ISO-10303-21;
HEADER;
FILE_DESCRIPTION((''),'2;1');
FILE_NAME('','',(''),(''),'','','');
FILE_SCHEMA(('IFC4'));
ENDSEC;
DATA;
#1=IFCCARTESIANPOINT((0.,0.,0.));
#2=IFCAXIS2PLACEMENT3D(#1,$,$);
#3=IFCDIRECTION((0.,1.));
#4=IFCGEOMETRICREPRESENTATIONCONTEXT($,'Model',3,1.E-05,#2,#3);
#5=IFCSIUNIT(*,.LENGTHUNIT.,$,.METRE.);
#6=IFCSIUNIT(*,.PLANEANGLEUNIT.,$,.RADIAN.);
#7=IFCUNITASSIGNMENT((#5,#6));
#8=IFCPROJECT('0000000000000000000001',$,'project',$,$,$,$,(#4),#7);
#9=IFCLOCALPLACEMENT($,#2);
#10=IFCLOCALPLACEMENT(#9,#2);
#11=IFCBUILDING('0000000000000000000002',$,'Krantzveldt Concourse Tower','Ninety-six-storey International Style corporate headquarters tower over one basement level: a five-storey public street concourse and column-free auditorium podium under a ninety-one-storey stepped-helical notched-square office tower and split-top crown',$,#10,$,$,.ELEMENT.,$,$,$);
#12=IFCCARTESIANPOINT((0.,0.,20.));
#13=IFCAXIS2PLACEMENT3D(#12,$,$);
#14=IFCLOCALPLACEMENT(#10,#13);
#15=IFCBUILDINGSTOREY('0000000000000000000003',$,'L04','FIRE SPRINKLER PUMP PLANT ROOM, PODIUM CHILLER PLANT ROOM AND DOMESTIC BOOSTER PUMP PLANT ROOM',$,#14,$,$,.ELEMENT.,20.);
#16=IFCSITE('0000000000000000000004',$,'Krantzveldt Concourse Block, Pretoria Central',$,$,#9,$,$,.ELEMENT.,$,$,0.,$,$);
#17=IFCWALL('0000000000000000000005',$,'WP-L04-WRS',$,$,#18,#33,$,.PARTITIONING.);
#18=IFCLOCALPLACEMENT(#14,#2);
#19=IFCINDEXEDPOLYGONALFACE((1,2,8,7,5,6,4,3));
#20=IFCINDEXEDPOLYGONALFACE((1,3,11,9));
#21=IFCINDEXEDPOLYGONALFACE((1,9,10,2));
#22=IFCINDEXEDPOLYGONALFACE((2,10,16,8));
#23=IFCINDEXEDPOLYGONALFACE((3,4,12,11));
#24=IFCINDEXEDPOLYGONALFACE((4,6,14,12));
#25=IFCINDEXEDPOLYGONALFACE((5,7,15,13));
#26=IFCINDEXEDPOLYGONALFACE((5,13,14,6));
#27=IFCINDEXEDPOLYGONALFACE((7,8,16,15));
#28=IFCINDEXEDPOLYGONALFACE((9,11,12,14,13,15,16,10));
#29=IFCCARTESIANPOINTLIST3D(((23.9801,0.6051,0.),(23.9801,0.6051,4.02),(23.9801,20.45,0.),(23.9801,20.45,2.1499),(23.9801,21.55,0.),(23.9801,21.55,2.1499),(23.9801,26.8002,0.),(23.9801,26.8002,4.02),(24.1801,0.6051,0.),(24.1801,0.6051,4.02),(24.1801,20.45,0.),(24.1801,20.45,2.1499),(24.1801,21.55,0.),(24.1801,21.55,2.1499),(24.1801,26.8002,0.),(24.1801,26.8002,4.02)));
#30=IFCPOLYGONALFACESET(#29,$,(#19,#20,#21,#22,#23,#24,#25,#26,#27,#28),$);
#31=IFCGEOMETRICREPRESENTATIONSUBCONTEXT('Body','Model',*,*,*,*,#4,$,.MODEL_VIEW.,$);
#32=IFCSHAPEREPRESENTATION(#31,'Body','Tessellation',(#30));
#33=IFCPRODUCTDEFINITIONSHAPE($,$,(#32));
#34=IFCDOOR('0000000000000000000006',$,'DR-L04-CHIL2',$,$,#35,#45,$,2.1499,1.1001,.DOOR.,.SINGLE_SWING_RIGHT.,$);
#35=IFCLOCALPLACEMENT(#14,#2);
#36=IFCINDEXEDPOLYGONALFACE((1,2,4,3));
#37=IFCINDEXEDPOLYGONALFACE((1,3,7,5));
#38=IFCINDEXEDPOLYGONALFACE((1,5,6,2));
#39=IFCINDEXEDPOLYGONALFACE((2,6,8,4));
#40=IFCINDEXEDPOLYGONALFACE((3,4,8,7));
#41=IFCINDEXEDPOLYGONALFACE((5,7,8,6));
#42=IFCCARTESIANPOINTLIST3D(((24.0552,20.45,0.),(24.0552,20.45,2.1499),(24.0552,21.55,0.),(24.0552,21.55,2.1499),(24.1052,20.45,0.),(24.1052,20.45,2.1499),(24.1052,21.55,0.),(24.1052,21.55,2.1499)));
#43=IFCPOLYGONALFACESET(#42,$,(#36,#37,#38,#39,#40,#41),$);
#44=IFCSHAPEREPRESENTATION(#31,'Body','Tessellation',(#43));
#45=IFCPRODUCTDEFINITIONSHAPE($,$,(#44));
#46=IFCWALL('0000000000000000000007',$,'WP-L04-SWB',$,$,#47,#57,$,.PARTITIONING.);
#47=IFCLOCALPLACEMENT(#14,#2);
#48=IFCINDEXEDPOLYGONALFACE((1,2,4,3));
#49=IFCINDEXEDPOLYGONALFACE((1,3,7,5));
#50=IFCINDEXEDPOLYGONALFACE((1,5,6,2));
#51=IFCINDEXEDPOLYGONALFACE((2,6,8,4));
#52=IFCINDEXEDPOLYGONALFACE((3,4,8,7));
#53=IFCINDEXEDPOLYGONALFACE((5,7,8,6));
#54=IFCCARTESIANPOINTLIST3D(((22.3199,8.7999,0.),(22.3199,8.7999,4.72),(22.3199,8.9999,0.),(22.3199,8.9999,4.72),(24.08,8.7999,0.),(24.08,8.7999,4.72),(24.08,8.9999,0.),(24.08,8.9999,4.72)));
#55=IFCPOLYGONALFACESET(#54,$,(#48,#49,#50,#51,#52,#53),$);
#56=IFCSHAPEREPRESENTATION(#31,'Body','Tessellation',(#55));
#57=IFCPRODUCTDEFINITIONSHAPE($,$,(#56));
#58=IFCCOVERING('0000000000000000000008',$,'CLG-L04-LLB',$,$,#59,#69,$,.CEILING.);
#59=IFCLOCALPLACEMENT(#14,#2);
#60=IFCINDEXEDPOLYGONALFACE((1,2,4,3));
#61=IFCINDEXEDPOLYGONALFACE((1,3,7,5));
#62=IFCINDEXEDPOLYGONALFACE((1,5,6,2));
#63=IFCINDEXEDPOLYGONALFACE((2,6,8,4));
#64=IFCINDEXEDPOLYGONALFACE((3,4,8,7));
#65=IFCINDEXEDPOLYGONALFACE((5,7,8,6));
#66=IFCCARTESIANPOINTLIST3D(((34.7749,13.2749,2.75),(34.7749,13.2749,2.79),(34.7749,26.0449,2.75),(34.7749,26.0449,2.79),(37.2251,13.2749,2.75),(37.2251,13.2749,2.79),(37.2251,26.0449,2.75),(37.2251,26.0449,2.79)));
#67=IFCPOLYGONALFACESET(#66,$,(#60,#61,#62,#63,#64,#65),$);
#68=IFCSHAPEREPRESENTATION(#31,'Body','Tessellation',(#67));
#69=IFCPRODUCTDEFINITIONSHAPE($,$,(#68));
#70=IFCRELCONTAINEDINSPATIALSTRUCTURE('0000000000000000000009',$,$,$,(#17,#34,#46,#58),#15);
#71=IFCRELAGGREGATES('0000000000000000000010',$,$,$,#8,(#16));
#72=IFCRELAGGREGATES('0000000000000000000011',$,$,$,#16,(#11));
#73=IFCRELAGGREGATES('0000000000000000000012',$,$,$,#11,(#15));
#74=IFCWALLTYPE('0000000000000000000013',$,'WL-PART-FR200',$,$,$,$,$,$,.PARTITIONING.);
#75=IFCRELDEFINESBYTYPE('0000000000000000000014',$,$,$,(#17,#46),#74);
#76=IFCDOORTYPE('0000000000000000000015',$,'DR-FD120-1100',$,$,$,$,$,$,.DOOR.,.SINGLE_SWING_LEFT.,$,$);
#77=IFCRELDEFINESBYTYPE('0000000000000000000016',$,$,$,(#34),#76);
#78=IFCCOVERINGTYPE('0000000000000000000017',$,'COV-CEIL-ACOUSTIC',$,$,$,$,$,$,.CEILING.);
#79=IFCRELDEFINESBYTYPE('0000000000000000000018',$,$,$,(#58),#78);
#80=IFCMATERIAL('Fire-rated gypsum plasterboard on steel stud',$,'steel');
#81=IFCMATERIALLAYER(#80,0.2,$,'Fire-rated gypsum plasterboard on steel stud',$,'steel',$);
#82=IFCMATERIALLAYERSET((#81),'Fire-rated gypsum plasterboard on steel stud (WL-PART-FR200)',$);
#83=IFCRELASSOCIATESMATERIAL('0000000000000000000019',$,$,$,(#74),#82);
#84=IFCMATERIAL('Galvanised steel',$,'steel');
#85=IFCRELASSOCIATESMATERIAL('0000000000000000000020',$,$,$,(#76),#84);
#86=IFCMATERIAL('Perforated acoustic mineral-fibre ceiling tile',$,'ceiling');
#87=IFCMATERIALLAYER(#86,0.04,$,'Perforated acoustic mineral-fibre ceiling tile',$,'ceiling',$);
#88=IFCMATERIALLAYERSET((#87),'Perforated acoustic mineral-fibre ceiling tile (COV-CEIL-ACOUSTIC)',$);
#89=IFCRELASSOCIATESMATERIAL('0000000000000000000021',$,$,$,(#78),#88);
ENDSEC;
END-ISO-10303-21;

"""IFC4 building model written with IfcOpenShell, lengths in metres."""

from ifc_helpers import new_model, si_unit, direction, frame, frame_2d, origin, place, context, subcontext, project, spatial, polyline, rectangle, outline, extrude, material, layer, layer_set, type_object, element, fill, save


model = new_model("IFC4")

# Units and contexts
model_context = context("Model", 3, precision=1e-05, world=origin(), true_north=direction((0.0, 1.0)))
body_context = subcontext(model_context, "Body", "Model", "MODEL_VIEW")
ifc_project = project(units=[si_unit("LENGTHUNIT", "METRE"), si_unit("PLANEANGLEUNIT", "RADIAN")], contexts=[model_context])

# Site, building, storey
site_placement = place(None, origin())
site = spatial("IfcSite", under=ifc_project, at=site_placement, Name="Krantzveldt Concourse Block, Pretoria Central", CompositionType="ELEMENT", RefElevation=0.0)
building_placement = place(site_placement, origin())
building = spatial("IfcBuilding", under=site, at=building_placement, Name="Krantzveldt Concourse Tower", Description="Ninety-six-storey International Style corporate headquarters tower over one basement level: a five-storey public street concourse and column-free auditorium podium under a ninety-one-storey stepped-helical notched-square office tower and split-top crown", CompositionType="ELEMENT")
storey_placement = place(building_placement, frame((0.0, 0.0, 20.0)))
storey = spatial("IfcBuildingStorey", under=building, at=storey_placement, Name="L04", Description="FIRE SPRINKLER PUMP PLANT ROOM, PODIUM CHILLER PLANT ROOM AND DOMESTIC BOOSTER PUMP PLANT ROOM", CompositionType="ELEMENT", Elevation=20.0)

# Shared definitions
ifc_material_1 = material(Name="Fire-rated gypsum plasterboard on steel stud", Category="steel")
ifc_layer_1 = layer(ifc_material_1, 0.2, Name="Fire-rated gypsum plasterboard on steel stud", Category="steel")
ifc_layer_set_1 = layer_set([ifc_layer_1], Name="Fire-rated gypsum plasterboard on steel stud (WL-PART-FR200)")
wall_type_1 = type_object("IfcWallType", Name="WL-PART-FR200", PredefinedType="PARTITIONING", material=ifc_layer_set_1)

# Wall, opening, door
ifc_material_2 = material(Name="Galvanised steel", Category="steel")
door_type = type_object("IfcDoorType", Name="DR-FD120-1100", OperationType="SINGLE_SWING_LEFT", PredefinedType="DOOR", material=ifc_material_2)
wall_1_placement = place(storey_placement, frame((24.0801, 0.605, 0.0), z_axis=(0.0, 0.0, 1.0), x_axis=(0.0, 1.0, 0.0)))
wall_1 = element("IfcWall", 1, at=wall_1_placement, inside=storey, type_object=wall_type_1, Name="WP-L04-WRS", PredefinedType="PARTITIONING", context=body_context, shape_type="SweptSolid", body=[
    extrude(rectangle(XDim=26.1951, YDim=0.2, at=frame_2d((13.0977, 0.0))), origin(), (0.0, 0.0, 1.0), 4.02),
])
opening_1_placement = place(wall_1_placement, frame((19.845, 0.0, 0.0)))
opening_1 = element("IfcOpeningElement", 2, at=opening_1_placement, cuts=wall_1, PredefinedType="OPENING", context=body_context, shape_type="SweptSolid", body=[
    extrude(rectangle(XDim=1.1001, YDim=2.1499, at=frame_2d((0.55, 1.075))), frame((0.0, 0.1099, 0.0), z_axis=(0.0, -1.0, 0.0), x_axis=(1.0, 0.0, 0.0)), (0.0, 0.0, 1.0), 0.22),
])
door_1_placement = place(opening_1_placement, origin())
door_1 = element("IfcDoor", 3, at=door_1_placement, inside=storey, type_object=door_type, Name="DR-L04-CHIL2", OperationType="SINGLE_SWING_RIGHT", OverallHeight=2.1499, OverallWidth=1.1001, PredefinedType="DOOR", context=body_context, shape_type="SweptSolid", body=[
    extrude(rectangle(XDim=1.1001, YDim=2.1499, at=frame_2d((0.55, 1.075))), frame((0.0, 0.0249, 0.0), z_axis=(0.0, -1.0, 0.0), x_axis=(1.0, 0.0, 0.0)), (0.0, 0.0, 1.0), 0.05),
])
fill(opening_1, door_1)

# Wall
wall_2_placement = place(storey_placement, frame((22.3201, 8.8999, 0.0), z_axis=(0.0, 0.0, 1.0), x_axis=(1.0, 0.0, 0.0)))
element("IfcWall", 4, at=wall_2_placement, inside=storey, type_object=wall_type_1, Name="WP-L04-SWB", PredefinedType="PARTITIONING", context=body_context, shape_type="SweptSolid", body=[
    extrude(rectangle(XDim=1.76, YDim=0.2, at=frame_2d((0.8799, 0.0))), origin(), (0.0, 0.0, 1.0), 4.72),
])

# Covering
ifc_material_3 = material(Name="Perforated acoustic mineral-fibre ceiling tile", Category="ceiling")
ifc_layer_2 = layer(ifc_material_3, 0.04, Name="Perforated acoustic mineral-fibre ceiling tile", Category="ceiling")
ifc_layer_set_2 = layer_set([ifc_layer_2], Name="Perforated acoustic mineral-fibre ceiling tile (COV-CEIL-ACOUSTIC)")
covering_type = type_object("IfcCoveringType", Name="COV-CEIL-ACOUSTIC", PredefinedType="CEILING", material=ifc_layer_set_2)
covering_placement = place(storey_placement, frame((0.0, 0.0, 2.75)))
element("IfcCovering", 5, at=covering_placement, inside=storey, type_object=covering_type, Name="CLG-L04-LLB", PredefinedType="CEILING", context=body_context, shape_type="SweptSolid", body=[
    extrude(outline(polyline([(34.7749, 13.2749), (34.7749, 26.0449), (37.2251, 26.0449), (37.2251, 13.2749), (34.7749, 13.2749)])), origin(), (0.0, 0.0, 1.0), 0.04),
])

save(model, "model.ifc")
